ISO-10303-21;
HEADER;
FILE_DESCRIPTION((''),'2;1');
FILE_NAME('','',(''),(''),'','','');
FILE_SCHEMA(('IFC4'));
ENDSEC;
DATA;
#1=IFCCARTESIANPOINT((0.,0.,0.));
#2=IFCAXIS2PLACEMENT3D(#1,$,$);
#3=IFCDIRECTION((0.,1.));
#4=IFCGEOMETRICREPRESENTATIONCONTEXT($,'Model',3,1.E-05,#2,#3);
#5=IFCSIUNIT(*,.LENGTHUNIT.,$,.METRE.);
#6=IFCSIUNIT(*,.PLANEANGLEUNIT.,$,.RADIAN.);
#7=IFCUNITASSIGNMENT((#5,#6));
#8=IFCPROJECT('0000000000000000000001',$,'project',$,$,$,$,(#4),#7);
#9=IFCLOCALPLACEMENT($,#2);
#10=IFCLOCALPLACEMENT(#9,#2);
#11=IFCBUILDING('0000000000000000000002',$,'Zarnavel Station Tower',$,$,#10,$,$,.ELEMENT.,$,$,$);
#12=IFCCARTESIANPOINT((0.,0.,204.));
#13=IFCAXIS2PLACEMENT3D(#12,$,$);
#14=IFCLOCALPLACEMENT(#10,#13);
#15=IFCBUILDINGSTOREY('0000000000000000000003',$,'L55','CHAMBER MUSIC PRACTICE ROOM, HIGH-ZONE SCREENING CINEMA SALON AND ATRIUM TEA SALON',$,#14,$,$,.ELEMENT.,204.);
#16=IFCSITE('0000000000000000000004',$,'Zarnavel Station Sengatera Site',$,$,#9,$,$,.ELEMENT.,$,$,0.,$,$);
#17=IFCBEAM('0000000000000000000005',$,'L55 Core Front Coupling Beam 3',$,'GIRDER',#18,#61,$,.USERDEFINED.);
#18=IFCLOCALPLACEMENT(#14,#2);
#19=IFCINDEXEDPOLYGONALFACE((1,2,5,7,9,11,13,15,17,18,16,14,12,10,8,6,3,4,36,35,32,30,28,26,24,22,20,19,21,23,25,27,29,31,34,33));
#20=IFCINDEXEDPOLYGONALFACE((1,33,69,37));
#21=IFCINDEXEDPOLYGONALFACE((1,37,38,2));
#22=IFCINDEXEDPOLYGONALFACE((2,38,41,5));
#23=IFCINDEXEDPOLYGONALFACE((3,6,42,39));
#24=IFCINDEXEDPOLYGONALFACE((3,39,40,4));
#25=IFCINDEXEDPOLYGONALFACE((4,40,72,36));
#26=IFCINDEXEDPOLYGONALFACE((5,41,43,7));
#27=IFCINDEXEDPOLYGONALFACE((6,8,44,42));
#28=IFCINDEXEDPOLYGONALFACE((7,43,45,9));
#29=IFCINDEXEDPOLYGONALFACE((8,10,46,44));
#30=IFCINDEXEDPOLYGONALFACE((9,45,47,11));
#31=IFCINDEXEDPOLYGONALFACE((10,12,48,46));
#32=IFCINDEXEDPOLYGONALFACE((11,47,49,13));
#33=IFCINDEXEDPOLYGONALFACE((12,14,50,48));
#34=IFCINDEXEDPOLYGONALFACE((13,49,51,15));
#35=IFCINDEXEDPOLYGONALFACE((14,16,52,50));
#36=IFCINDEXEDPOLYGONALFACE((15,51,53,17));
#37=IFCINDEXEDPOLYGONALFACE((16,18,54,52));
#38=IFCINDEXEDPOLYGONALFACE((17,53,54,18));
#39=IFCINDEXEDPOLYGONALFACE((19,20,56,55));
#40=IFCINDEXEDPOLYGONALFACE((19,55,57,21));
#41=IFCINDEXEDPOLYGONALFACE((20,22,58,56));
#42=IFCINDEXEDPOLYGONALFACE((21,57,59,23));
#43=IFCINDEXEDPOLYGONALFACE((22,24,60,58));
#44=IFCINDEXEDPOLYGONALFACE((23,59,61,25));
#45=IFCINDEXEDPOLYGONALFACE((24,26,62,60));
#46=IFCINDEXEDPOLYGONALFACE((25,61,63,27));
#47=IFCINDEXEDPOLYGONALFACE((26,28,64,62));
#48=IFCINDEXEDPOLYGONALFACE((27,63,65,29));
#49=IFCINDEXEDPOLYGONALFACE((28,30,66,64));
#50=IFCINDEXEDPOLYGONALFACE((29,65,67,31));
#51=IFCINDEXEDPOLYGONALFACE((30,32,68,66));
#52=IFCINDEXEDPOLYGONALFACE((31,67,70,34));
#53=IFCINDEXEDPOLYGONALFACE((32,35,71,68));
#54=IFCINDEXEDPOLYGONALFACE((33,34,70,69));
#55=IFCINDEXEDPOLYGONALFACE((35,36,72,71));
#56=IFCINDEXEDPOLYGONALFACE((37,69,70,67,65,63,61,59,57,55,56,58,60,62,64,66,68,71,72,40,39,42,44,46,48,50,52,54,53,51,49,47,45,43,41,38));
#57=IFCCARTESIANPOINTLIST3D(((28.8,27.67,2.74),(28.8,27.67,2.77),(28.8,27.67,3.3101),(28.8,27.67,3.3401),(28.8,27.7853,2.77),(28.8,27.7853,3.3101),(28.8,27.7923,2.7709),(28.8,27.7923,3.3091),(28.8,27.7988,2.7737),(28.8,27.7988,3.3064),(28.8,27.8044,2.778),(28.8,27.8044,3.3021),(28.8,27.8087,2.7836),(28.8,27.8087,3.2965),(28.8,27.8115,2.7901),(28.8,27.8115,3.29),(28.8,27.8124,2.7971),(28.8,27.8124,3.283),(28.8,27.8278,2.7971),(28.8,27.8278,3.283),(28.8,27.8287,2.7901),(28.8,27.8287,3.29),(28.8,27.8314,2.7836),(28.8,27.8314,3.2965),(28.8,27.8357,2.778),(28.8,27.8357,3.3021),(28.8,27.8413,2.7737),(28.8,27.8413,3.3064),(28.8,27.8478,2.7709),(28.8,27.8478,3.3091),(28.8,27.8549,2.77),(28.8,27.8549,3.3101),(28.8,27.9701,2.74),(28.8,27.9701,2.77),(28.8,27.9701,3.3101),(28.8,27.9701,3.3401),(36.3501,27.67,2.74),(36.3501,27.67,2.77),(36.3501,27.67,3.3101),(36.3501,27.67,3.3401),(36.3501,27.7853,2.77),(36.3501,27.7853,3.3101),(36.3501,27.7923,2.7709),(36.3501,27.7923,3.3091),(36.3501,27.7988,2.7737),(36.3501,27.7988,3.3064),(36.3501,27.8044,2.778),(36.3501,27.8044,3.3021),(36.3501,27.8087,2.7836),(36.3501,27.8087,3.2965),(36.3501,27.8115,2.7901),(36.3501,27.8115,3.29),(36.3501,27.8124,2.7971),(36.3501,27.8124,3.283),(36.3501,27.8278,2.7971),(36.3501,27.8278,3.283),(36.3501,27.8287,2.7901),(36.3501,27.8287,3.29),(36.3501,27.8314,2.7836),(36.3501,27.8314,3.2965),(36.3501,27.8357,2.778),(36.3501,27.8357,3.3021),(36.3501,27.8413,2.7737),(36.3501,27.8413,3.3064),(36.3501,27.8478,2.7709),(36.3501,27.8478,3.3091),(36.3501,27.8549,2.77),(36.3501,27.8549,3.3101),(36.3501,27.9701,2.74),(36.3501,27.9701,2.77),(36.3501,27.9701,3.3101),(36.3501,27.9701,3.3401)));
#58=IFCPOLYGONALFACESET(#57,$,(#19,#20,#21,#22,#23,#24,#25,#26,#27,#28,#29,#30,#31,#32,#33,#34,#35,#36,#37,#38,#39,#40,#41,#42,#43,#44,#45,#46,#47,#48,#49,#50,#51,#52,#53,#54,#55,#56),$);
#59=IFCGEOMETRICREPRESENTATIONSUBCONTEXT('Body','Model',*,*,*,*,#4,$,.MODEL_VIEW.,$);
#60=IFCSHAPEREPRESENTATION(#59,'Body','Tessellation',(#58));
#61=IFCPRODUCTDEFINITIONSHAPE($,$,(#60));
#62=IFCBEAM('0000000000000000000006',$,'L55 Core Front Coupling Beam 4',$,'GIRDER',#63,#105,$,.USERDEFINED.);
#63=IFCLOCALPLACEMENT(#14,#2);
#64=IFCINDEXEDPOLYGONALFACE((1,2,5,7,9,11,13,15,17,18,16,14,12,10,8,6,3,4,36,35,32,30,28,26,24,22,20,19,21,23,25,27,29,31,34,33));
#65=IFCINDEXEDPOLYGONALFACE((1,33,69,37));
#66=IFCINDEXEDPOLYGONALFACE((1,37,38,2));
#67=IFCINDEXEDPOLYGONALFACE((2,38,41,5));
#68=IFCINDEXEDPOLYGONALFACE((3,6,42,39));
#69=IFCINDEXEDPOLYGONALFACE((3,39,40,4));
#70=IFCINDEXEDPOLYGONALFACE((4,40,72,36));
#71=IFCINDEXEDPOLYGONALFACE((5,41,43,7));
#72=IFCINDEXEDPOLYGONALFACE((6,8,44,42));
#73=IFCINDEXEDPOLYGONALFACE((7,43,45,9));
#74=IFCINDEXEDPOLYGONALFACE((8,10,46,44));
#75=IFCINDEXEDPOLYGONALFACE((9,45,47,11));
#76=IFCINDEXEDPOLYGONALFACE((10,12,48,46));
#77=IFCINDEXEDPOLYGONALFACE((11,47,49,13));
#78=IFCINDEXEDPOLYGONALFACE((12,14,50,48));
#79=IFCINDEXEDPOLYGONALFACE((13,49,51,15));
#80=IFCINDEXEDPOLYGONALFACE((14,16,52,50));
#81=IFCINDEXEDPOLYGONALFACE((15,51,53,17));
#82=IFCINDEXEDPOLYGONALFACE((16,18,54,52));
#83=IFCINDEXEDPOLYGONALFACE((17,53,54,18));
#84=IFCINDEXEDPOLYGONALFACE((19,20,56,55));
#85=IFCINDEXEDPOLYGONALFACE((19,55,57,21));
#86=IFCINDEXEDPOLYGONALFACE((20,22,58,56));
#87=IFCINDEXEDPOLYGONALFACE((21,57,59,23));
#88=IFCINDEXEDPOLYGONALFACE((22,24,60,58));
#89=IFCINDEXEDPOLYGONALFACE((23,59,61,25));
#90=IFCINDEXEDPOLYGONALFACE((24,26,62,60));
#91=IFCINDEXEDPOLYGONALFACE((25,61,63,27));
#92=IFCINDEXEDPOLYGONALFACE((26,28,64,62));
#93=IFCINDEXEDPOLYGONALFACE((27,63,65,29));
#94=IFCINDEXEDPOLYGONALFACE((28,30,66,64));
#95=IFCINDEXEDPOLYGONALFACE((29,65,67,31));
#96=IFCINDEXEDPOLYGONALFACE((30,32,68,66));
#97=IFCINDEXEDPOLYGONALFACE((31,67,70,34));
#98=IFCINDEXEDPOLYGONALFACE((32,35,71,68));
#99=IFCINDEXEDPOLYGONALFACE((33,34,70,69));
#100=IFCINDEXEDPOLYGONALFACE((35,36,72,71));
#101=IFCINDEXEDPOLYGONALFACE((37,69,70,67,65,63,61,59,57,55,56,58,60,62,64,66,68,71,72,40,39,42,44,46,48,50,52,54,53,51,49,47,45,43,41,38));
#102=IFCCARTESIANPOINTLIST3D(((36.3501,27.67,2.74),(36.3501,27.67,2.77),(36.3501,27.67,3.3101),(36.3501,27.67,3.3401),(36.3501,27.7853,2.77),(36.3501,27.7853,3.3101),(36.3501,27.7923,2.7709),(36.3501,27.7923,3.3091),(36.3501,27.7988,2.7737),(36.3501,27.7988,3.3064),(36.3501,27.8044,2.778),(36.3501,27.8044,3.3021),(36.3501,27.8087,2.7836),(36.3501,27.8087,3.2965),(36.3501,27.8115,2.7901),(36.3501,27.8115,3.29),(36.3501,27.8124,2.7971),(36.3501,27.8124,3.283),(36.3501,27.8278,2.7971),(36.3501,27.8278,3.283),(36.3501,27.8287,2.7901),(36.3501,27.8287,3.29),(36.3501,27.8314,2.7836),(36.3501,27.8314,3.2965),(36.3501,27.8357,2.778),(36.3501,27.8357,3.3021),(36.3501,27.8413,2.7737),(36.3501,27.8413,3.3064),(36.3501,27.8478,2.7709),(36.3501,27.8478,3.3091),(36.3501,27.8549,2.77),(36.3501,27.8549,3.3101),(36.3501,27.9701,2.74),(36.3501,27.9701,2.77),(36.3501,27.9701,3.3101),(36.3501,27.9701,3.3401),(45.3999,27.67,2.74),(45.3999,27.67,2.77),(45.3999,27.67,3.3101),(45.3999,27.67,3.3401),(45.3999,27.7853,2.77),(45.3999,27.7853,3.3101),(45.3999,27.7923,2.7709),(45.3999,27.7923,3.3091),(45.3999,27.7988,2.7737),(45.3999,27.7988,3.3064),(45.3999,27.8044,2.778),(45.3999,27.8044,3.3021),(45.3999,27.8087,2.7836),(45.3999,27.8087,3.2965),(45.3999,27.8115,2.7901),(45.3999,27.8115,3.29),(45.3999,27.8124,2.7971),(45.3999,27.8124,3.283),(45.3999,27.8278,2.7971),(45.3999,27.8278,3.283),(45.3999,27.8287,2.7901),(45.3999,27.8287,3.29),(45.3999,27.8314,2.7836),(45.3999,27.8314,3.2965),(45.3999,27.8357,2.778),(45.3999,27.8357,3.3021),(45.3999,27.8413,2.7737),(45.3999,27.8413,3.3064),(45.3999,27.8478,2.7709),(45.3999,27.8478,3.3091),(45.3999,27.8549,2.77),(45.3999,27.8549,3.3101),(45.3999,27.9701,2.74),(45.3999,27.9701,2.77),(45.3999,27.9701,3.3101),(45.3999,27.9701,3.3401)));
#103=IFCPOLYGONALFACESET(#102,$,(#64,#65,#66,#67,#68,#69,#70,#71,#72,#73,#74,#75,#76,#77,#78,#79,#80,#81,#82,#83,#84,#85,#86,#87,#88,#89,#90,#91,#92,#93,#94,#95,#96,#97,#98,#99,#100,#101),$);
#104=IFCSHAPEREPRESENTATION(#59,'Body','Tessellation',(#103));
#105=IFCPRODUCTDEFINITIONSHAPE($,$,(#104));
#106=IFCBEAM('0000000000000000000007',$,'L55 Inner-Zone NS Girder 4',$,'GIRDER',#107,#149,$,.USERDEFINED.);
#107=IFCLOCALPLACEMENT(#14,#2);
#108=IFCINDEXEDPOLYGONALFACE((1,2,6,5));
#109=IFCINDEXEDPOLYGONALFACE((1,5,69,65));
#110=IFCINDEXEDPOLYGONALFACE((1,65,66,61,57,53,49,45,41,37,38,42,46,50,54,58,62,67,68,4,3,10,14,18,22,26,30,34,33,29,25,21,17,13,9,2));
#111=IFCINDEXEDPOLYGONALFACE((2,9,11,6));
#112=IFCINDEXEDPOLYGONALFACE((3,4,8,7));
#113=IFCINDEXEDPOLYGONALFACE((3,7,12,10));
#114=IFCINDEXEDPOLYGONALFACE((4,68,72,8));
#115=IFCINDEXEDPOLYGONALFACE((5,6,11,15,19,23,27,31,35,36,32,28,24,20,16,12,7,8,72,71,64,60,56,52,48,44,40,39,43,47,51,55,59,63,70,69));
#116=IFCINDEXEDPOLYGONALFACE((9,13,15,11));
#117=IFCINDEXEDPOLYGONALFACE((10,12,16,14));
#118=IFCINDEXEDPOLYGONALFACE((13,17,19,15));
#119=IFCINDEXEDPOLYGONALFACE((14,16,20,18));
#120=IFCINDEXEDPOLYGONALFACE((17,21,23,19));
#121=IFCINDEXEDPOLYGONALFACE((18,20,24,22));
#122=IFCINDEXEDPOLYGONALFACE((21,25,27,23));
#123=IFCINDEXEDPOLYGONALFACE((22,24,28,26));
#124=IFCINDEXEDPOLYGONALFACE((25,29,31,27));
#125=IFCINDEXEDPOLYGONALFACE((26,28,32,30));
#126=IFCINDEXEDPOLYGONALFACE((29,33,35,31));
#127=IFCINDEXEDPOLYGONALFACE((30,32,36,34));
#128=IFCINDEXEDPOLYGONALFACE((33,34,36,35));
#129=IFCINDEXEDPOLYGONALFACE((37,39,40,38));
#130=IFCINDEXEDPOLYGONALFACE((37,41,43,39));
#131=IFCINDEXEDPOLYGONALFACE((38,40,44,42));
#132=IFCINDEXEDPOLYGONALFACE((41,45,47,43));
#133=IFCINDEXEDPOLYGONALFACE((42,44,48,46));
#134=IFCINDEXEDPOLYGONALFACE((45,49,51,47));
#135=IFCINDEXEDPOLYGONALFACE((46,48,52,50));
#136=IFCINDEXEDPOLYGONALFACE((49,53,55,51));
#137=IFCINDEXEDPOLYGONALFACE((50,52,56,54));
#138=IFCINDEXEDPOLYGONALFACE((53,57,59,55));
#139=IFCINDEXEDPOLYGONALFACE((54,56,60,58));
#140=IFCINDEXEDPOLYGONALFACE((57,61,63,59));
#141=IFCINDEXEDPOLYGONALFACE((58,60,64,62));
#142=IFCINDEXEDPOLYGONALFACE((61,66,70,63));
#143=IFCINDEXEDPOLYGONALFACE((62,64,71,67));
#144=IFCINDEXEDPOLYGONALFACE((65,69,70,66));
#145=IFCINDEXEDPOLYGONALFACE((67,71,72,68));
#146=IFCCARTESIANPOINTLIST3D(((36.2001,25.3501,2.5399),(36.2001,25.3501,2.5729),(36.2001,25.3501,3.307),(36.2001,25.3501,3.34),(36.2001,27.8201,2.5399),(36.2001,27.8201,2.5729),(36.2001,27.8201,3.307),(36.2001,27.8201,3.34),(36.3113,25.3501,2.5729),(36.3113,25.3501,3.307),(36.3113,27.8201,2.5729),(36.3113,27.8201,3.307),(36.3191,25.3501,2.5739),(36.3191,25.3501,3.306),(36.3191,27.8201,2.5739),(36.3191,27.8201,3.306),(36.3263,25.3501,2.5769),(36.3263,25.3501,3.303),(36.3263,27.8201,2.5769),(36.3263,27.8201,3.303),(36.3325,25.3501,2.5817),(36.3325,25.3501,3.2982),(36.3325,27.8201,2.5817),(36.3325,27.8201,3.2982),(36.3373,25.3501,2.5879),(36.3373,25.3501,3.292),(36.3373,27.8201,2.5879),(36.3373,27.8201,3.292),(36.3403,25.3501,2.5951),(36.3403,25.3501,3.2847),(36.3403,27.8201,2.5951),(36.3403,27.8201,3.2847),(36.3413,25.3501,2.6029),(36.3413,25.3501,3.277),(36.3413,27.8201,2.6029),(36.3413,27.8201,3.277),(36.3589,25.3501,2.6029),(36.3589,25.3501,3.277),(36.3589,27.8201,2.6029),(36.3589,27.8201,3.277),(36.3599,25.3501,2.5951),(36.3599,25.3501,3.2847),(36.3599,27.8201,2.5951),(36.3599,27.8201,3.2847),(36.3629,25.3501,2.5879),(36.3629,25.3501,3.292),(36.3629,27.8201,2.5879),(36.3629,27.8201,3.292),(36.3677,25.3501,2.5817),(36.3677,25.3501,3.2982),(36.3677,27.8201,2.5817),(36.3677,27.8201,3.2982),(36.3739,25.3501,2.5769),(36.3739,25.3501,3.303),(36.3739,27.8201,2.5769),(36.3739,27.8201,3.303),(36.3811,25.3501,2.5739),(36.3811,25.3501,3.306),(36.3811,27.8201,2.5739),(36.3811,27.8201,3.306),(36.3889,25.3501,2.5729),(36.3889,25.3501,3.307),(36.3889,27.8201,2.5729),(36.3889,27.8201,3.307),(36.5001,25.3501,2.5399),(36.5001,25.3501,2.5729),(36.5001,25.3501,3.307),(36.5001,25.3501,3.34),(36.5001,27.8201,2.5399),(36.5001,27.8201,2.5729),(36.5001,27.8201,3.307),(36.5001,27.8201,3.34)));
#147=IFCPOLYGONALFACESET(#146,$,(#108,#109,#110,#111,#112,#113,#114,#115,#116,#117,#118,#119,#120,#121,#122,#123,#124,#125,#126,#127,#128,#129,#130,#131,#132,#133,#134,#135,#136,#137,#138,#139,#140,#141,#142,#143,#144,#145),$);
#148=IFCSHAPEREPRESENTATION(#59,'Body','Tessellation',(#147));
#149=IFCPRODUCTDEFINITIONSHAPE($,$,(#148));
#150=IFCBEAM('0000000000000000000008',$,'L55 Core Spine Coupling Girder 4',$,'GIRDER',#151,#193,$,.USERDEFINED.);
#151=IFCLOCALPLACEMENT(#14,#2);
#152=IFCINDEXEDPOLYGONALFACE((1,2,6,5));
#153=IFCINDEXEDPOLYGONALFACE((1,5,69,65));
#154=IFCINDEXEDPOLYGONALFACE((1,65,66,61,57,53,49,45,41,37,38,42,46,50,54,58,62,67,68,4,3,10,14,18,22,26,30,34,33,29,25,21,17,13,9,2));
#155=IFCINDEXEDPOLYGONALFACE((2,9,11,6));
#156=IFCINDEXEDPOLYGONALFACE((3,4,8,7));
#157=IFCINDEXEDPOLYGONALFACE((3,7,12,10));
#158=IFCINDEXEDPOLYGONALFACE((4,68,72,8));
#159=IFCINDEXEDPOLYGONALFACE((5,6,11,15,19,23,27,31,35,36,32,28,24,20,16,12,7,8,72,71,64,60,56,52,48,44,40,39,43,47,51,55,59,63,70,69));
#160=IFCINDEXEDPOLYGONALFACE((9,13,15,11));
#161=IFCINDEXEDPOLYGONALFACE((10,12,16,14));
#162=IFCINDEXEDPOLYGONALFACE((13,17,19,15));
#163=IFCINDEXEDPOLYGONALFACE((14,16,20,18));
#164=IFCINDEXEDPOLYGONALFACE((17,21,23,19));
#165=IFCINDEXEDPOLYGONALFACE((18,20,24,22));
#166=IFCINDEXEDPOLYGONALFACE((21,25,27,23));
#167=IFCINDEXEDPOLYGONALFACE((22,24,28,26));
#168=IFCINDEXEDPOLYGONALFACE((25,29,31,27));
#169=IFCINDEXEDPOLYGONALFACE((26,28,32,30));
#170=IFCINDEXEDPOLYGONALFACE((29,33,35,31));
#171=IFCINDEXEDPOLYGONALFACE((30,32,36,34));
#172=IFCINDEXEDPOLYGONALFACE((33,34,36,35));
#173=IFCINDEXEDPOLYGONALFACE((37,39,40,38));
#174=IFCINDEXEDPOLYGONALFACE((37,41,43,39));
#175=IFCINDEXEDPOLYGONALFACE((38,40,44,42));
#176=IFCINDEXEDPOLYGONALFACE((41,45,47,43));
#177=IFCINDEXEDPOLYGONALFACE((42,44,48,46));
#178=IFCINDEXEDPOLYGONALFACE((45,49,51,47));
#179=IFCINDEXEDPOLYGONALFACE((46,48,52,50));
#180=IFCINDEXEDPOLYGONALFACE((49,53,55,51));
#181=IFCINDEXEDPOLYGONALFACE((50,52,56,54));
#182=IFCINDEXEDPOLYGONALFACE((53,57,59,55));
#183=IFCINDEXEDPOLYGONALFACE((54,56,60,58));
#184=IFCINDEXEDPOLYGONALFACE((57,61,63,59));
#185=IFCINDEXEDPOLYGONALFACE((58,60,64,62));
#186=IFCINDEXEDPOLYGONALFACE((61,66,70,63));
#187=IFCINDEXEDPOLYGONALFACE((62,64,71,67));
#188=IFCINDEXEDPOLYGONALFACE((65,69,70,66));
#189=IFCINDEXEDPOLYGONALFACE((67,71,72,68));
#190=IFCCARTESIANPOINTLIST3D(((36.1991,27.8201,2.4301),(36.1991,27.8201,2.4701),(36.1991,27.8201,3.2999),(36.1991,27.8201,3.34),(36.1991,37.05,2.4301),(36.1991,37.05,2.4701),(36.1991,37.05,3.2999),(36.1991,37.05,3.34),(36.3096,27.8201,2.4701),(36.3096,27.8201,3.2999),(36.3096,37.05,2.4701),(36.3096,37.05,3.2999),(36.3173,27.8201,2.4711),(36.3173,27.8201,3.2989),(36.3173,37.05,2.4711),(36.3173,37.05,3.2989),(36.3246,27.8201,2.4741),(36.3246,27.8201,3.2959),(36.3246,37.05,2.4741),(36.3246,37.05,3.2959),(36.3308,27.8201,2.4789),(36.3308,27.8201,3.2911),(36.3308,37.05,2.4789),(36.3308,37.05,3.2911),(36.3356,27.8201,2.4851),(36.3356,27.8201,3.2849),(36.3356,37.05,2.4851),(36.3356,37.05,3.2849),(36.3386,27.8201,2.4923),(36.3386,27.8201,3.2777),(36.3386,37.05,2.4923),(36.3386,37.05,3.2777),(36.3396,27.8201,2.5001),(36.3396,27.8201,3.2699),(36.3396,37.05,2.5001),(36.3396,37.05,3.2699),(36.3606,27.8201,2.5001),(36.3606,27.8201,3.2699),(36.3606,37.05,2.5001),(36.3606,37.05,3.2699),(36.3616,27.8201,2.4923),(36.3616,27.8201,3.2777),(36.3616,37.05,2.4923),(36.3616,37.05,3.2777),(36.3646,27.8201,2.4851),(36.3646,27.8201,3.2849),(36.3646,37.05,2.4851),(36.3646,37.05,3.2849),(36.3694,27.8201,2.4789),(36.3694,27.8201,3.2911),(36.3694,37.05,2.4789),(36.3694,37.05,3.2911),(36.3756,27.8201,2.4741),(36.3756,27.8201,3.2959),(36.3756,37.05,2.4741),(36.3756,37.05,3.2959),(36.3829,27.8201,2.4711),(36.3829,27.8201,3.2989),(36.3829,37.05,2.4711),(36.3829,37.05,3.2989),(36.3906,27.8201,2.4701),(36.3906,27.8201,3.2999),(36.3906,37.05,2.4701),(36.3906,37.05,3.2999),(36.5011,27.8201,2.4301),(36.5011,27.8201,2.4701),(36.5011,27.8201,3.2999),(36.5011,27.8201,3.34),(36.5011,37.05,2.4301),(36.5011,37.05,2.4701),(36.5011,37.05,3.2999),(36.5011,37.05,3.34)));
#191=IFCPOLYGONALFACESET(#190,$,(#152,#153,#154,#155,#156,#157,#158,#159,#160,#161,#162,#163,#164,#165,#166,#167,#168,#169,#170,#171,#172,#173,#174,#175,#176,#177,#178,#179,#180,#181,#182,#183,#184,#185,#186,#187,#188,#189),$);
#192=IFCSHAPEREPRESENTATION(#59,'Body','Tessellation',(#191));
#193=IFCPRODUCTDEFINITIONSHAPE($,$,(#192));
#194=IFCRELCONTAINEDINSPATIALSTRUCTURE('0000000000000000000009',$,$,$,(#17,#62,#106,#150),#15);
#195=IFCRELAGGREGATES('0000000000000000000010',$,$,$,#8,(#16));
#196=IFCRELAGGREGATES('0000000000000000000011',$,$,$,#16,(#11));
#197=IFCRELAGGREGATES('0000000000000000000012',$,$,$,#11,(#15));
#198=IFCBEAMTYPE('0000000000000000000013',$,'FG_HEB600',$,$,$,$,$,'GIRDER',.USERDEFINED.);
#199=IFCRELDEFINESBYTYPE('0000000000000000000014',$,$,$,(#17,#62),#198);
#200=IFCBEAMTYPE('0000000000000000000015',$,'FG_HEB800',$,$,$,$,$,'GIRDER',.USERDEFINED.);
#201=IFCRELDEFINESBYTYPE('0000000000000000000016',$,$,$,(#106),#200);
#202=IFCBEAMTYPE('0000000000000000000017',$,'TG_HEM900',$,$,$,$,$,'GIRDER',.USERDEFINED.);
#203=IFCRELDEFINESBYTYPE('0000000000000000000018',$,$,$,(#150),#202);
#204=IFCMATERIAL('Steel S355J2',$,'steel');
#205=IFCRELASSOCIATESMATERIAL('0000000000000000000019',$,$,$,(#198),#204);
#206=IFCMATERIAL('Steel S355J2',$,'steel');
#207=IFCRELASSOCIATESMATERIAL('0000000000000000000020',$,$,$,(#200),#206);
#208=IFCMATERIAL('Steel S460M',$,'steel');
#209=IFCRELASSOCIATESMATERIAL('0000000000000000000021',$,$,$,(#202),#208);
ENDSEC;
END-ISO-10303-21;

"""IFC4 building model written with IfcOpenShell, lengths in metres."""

from ifc_helpers import new_model, si_unit, direction, frame, origin, origin_2d, place, context, subcontext, project, spatial, i_section, extrude, material, material_profile, profile_set, type_object, element, save


model = new_model("IFC4")

# Units and contexts
model_context = context("Model", 3, precision=1e-05, world=origin(), true_north=direction((0.0, 1.0)))
body_context = subcontext(model_context, "Body", "Model", "MODEL_VIEW")
ifc_project = project(units=[si_unit("LENGTHUNIT", "METRE"), si_unit("PLANEANGLEUNIT", "RADIAN")], contexts=[model_context])

# Site, building, storey
site_placement = place(None, origin())
site = spatial("IfcSite", under=ifc_project, at=site_placement, Name="Zarnavel Station Sengatera Site", CompositionType="ELEMENT", RefElevation=0.0)
building_placement = place(site_placement, origin())
building = spatial("IfcBuilding", under=site, at=building_placement, Name="Zarnavel Station Tower", CompositionType="ELEMENT")
storey_placement = place(building_placement, frame((0.0, 0.0, 204.0)))
storey = spatial("IfcBuildingStorey", under=building, at=storey_placement, Name="L55", Description="CHAMBER MUSIC PRACTICE ROOM, HIGH-ZONE SCREENING CINEMA SALON AND ATRIUM TEA SALON", CompositionType="ELEMENT", Elevation=204.0)

# Beams
ifc_material_1 = material(Name="Steel S355J2", Category="steel")
ifc_material_profile_1 = material_profile(ifc_material_1, i_section(OverallWidth=0.3, OverallDepth=0.6001, WebThickness=0.0154, FlangeThickness=0.03, FilletRadius=0.0271, at=origin_2d()), Name="HEB600")
ifc_profile_set_1 = profile_set([ifc_material_profile_1], Name="Steel S355J2")
beam_type_1 = type_object("IfcBeamType", Name="FG_HEB600", ElementType="GIRDER", PredefinedType="USERDEFINED", material=ifc_profile_set_1)
beam_1_placement = place(storey_placement, frame((28.8, 27.8201, 3.04), z_axis=(1.0, 0.0, 0.0), x_axis=(0.0, 1.0, 0.0)))
element("IfcBeam", 1, at=beam_1_placement, inside=storey, type_object=beam_type_1, Name="L55 Core Front Coupling Beam 3", ObjectType="GIRDER", PredefinedType="USERDEFINED", context=body_context, shape_type="SweptSolid", body=[
    extrude(i_section(OverallWidth=0.3, OverallDepth=0.6001, WebThickness=0.0154, FlangeThickness=0.03, FilletRadius=0.0271, at=origin_2d()), origin(), (0.0, 0.0, 1.0), 7.55),
])
beam_2_placement = place(storey_placement, frame((36.3501, 27.8201, 3.04), z_axis=(1.0, 0.0, 0.0), x_axis=(0.0, 1.0, 0.0)))
element("IfcBeam", 2, at=beam_2_placement, inside=storey, type_object=beam_type_1, Name="L55 Core Front Coupling Beam 4", ObjectType="GIRDER", PredefinedType="USERDEFINED", context=body_context, shape_type="SweptSolid", body=[
    extrude(i_section(OverallWidth=0.3, OverallDepth=0.6001, WebThickness=0.0154, FlangeThickness=0.03, FilletRadius=0.0271, at=origin_2d()), origin(), (0.0, 0.0, 1.0), 9.0498),
])
ifc_material_2 = material(Name="Steel S355J2", Category="steel")
ifc_material_profile_2 = material_profile(ifc_material_2, i_section(OverallWidth=0.3, OverallDepth=0.8, WebThickness=0.0176, FlangeThickness=0.033, FilletRadius=0.03, at=origin_2d()), Name="HEB800")
ifc_profile_set_2 = profile_set([ifc_material_profile_2], Name="Steel S355J2")
beam_type_2 = type_object("IfcBeamType", Name="FG_HEB800", ElementType="GIRDER", PredefinedType="USERDEFINED", material=ifc_profile_set_2)
beam_3_placement = place(storey_placement, frame((36.3501, 25.3501, 2.9399), z_axis=(0.0, 1.0, 0.0), x_axis=(-1.0, 0.0, 0.0)))
element("IfcBeam", 3, at=beam_3_placement, inside=storey, type_object=beam_type_2, Name="L55 Inner-Zone NS Girder 4", ObjectType="GIRDER", PredefinedType="USERDEFINED", context=body_context, shape_type="SweptSolid", body=[
    extrude(i_section(OverallWidth=0.3, OverallDepth=0.8, WebThickness=0.0176, FlangeThickness=0.033, FilletRadius=0.03, at=origin_2d()), origin(), (0.0, 0.0, 1.0), 2.47),
])
ifc_material_3 = material(Name="Steel S460M", Category="steel")
ifc_material_profile_3 = material_profile(ifc_material_3, i_section(OverallWidth=0.302, OverallDepth=0.9099, WebThickness=0.021, FlangeThickness=0.04, FilletRadius=0.03, at=origin_2d()), Name="HEM900")
ifc_profile_set_3 = profile_set([ifc_material_profile_3], Name="Steel S460M")
beam_type_3 = type_object("IfcBeamType", Name="TG_HEM900", ElementType="GIRDER", PredefinedType="USERDEFINED", material=ifc_profile_set_3)
beam_4_placement = place(storey_placement, frame((36.3501, 27.8201, 2.885), z_axis=(0.0, 1.0, 0.0), x_axis=(-1.0, 0.0, 0.0)))
element("IfcBeam", 4, at=beam_4_placement, inside=storey, type_object=beam_type_3, Name="L55 Core Spine Coupling Girder 4", ObjectType="GIRDER", PredefinedType="USERDEFINED", context=body_context, shape_type="SweptSolid", body=[
    extrude(i_section(OverallWidth=0.302, OverallDepth=0.9099, WebThickness=0.021, FlangeThickness=0.04, FilletRadius=0.03, at=origin_2d()), origin(), (0.0, 0.0, 1.0), 9.23),
])

save(model, "model.ifc")
